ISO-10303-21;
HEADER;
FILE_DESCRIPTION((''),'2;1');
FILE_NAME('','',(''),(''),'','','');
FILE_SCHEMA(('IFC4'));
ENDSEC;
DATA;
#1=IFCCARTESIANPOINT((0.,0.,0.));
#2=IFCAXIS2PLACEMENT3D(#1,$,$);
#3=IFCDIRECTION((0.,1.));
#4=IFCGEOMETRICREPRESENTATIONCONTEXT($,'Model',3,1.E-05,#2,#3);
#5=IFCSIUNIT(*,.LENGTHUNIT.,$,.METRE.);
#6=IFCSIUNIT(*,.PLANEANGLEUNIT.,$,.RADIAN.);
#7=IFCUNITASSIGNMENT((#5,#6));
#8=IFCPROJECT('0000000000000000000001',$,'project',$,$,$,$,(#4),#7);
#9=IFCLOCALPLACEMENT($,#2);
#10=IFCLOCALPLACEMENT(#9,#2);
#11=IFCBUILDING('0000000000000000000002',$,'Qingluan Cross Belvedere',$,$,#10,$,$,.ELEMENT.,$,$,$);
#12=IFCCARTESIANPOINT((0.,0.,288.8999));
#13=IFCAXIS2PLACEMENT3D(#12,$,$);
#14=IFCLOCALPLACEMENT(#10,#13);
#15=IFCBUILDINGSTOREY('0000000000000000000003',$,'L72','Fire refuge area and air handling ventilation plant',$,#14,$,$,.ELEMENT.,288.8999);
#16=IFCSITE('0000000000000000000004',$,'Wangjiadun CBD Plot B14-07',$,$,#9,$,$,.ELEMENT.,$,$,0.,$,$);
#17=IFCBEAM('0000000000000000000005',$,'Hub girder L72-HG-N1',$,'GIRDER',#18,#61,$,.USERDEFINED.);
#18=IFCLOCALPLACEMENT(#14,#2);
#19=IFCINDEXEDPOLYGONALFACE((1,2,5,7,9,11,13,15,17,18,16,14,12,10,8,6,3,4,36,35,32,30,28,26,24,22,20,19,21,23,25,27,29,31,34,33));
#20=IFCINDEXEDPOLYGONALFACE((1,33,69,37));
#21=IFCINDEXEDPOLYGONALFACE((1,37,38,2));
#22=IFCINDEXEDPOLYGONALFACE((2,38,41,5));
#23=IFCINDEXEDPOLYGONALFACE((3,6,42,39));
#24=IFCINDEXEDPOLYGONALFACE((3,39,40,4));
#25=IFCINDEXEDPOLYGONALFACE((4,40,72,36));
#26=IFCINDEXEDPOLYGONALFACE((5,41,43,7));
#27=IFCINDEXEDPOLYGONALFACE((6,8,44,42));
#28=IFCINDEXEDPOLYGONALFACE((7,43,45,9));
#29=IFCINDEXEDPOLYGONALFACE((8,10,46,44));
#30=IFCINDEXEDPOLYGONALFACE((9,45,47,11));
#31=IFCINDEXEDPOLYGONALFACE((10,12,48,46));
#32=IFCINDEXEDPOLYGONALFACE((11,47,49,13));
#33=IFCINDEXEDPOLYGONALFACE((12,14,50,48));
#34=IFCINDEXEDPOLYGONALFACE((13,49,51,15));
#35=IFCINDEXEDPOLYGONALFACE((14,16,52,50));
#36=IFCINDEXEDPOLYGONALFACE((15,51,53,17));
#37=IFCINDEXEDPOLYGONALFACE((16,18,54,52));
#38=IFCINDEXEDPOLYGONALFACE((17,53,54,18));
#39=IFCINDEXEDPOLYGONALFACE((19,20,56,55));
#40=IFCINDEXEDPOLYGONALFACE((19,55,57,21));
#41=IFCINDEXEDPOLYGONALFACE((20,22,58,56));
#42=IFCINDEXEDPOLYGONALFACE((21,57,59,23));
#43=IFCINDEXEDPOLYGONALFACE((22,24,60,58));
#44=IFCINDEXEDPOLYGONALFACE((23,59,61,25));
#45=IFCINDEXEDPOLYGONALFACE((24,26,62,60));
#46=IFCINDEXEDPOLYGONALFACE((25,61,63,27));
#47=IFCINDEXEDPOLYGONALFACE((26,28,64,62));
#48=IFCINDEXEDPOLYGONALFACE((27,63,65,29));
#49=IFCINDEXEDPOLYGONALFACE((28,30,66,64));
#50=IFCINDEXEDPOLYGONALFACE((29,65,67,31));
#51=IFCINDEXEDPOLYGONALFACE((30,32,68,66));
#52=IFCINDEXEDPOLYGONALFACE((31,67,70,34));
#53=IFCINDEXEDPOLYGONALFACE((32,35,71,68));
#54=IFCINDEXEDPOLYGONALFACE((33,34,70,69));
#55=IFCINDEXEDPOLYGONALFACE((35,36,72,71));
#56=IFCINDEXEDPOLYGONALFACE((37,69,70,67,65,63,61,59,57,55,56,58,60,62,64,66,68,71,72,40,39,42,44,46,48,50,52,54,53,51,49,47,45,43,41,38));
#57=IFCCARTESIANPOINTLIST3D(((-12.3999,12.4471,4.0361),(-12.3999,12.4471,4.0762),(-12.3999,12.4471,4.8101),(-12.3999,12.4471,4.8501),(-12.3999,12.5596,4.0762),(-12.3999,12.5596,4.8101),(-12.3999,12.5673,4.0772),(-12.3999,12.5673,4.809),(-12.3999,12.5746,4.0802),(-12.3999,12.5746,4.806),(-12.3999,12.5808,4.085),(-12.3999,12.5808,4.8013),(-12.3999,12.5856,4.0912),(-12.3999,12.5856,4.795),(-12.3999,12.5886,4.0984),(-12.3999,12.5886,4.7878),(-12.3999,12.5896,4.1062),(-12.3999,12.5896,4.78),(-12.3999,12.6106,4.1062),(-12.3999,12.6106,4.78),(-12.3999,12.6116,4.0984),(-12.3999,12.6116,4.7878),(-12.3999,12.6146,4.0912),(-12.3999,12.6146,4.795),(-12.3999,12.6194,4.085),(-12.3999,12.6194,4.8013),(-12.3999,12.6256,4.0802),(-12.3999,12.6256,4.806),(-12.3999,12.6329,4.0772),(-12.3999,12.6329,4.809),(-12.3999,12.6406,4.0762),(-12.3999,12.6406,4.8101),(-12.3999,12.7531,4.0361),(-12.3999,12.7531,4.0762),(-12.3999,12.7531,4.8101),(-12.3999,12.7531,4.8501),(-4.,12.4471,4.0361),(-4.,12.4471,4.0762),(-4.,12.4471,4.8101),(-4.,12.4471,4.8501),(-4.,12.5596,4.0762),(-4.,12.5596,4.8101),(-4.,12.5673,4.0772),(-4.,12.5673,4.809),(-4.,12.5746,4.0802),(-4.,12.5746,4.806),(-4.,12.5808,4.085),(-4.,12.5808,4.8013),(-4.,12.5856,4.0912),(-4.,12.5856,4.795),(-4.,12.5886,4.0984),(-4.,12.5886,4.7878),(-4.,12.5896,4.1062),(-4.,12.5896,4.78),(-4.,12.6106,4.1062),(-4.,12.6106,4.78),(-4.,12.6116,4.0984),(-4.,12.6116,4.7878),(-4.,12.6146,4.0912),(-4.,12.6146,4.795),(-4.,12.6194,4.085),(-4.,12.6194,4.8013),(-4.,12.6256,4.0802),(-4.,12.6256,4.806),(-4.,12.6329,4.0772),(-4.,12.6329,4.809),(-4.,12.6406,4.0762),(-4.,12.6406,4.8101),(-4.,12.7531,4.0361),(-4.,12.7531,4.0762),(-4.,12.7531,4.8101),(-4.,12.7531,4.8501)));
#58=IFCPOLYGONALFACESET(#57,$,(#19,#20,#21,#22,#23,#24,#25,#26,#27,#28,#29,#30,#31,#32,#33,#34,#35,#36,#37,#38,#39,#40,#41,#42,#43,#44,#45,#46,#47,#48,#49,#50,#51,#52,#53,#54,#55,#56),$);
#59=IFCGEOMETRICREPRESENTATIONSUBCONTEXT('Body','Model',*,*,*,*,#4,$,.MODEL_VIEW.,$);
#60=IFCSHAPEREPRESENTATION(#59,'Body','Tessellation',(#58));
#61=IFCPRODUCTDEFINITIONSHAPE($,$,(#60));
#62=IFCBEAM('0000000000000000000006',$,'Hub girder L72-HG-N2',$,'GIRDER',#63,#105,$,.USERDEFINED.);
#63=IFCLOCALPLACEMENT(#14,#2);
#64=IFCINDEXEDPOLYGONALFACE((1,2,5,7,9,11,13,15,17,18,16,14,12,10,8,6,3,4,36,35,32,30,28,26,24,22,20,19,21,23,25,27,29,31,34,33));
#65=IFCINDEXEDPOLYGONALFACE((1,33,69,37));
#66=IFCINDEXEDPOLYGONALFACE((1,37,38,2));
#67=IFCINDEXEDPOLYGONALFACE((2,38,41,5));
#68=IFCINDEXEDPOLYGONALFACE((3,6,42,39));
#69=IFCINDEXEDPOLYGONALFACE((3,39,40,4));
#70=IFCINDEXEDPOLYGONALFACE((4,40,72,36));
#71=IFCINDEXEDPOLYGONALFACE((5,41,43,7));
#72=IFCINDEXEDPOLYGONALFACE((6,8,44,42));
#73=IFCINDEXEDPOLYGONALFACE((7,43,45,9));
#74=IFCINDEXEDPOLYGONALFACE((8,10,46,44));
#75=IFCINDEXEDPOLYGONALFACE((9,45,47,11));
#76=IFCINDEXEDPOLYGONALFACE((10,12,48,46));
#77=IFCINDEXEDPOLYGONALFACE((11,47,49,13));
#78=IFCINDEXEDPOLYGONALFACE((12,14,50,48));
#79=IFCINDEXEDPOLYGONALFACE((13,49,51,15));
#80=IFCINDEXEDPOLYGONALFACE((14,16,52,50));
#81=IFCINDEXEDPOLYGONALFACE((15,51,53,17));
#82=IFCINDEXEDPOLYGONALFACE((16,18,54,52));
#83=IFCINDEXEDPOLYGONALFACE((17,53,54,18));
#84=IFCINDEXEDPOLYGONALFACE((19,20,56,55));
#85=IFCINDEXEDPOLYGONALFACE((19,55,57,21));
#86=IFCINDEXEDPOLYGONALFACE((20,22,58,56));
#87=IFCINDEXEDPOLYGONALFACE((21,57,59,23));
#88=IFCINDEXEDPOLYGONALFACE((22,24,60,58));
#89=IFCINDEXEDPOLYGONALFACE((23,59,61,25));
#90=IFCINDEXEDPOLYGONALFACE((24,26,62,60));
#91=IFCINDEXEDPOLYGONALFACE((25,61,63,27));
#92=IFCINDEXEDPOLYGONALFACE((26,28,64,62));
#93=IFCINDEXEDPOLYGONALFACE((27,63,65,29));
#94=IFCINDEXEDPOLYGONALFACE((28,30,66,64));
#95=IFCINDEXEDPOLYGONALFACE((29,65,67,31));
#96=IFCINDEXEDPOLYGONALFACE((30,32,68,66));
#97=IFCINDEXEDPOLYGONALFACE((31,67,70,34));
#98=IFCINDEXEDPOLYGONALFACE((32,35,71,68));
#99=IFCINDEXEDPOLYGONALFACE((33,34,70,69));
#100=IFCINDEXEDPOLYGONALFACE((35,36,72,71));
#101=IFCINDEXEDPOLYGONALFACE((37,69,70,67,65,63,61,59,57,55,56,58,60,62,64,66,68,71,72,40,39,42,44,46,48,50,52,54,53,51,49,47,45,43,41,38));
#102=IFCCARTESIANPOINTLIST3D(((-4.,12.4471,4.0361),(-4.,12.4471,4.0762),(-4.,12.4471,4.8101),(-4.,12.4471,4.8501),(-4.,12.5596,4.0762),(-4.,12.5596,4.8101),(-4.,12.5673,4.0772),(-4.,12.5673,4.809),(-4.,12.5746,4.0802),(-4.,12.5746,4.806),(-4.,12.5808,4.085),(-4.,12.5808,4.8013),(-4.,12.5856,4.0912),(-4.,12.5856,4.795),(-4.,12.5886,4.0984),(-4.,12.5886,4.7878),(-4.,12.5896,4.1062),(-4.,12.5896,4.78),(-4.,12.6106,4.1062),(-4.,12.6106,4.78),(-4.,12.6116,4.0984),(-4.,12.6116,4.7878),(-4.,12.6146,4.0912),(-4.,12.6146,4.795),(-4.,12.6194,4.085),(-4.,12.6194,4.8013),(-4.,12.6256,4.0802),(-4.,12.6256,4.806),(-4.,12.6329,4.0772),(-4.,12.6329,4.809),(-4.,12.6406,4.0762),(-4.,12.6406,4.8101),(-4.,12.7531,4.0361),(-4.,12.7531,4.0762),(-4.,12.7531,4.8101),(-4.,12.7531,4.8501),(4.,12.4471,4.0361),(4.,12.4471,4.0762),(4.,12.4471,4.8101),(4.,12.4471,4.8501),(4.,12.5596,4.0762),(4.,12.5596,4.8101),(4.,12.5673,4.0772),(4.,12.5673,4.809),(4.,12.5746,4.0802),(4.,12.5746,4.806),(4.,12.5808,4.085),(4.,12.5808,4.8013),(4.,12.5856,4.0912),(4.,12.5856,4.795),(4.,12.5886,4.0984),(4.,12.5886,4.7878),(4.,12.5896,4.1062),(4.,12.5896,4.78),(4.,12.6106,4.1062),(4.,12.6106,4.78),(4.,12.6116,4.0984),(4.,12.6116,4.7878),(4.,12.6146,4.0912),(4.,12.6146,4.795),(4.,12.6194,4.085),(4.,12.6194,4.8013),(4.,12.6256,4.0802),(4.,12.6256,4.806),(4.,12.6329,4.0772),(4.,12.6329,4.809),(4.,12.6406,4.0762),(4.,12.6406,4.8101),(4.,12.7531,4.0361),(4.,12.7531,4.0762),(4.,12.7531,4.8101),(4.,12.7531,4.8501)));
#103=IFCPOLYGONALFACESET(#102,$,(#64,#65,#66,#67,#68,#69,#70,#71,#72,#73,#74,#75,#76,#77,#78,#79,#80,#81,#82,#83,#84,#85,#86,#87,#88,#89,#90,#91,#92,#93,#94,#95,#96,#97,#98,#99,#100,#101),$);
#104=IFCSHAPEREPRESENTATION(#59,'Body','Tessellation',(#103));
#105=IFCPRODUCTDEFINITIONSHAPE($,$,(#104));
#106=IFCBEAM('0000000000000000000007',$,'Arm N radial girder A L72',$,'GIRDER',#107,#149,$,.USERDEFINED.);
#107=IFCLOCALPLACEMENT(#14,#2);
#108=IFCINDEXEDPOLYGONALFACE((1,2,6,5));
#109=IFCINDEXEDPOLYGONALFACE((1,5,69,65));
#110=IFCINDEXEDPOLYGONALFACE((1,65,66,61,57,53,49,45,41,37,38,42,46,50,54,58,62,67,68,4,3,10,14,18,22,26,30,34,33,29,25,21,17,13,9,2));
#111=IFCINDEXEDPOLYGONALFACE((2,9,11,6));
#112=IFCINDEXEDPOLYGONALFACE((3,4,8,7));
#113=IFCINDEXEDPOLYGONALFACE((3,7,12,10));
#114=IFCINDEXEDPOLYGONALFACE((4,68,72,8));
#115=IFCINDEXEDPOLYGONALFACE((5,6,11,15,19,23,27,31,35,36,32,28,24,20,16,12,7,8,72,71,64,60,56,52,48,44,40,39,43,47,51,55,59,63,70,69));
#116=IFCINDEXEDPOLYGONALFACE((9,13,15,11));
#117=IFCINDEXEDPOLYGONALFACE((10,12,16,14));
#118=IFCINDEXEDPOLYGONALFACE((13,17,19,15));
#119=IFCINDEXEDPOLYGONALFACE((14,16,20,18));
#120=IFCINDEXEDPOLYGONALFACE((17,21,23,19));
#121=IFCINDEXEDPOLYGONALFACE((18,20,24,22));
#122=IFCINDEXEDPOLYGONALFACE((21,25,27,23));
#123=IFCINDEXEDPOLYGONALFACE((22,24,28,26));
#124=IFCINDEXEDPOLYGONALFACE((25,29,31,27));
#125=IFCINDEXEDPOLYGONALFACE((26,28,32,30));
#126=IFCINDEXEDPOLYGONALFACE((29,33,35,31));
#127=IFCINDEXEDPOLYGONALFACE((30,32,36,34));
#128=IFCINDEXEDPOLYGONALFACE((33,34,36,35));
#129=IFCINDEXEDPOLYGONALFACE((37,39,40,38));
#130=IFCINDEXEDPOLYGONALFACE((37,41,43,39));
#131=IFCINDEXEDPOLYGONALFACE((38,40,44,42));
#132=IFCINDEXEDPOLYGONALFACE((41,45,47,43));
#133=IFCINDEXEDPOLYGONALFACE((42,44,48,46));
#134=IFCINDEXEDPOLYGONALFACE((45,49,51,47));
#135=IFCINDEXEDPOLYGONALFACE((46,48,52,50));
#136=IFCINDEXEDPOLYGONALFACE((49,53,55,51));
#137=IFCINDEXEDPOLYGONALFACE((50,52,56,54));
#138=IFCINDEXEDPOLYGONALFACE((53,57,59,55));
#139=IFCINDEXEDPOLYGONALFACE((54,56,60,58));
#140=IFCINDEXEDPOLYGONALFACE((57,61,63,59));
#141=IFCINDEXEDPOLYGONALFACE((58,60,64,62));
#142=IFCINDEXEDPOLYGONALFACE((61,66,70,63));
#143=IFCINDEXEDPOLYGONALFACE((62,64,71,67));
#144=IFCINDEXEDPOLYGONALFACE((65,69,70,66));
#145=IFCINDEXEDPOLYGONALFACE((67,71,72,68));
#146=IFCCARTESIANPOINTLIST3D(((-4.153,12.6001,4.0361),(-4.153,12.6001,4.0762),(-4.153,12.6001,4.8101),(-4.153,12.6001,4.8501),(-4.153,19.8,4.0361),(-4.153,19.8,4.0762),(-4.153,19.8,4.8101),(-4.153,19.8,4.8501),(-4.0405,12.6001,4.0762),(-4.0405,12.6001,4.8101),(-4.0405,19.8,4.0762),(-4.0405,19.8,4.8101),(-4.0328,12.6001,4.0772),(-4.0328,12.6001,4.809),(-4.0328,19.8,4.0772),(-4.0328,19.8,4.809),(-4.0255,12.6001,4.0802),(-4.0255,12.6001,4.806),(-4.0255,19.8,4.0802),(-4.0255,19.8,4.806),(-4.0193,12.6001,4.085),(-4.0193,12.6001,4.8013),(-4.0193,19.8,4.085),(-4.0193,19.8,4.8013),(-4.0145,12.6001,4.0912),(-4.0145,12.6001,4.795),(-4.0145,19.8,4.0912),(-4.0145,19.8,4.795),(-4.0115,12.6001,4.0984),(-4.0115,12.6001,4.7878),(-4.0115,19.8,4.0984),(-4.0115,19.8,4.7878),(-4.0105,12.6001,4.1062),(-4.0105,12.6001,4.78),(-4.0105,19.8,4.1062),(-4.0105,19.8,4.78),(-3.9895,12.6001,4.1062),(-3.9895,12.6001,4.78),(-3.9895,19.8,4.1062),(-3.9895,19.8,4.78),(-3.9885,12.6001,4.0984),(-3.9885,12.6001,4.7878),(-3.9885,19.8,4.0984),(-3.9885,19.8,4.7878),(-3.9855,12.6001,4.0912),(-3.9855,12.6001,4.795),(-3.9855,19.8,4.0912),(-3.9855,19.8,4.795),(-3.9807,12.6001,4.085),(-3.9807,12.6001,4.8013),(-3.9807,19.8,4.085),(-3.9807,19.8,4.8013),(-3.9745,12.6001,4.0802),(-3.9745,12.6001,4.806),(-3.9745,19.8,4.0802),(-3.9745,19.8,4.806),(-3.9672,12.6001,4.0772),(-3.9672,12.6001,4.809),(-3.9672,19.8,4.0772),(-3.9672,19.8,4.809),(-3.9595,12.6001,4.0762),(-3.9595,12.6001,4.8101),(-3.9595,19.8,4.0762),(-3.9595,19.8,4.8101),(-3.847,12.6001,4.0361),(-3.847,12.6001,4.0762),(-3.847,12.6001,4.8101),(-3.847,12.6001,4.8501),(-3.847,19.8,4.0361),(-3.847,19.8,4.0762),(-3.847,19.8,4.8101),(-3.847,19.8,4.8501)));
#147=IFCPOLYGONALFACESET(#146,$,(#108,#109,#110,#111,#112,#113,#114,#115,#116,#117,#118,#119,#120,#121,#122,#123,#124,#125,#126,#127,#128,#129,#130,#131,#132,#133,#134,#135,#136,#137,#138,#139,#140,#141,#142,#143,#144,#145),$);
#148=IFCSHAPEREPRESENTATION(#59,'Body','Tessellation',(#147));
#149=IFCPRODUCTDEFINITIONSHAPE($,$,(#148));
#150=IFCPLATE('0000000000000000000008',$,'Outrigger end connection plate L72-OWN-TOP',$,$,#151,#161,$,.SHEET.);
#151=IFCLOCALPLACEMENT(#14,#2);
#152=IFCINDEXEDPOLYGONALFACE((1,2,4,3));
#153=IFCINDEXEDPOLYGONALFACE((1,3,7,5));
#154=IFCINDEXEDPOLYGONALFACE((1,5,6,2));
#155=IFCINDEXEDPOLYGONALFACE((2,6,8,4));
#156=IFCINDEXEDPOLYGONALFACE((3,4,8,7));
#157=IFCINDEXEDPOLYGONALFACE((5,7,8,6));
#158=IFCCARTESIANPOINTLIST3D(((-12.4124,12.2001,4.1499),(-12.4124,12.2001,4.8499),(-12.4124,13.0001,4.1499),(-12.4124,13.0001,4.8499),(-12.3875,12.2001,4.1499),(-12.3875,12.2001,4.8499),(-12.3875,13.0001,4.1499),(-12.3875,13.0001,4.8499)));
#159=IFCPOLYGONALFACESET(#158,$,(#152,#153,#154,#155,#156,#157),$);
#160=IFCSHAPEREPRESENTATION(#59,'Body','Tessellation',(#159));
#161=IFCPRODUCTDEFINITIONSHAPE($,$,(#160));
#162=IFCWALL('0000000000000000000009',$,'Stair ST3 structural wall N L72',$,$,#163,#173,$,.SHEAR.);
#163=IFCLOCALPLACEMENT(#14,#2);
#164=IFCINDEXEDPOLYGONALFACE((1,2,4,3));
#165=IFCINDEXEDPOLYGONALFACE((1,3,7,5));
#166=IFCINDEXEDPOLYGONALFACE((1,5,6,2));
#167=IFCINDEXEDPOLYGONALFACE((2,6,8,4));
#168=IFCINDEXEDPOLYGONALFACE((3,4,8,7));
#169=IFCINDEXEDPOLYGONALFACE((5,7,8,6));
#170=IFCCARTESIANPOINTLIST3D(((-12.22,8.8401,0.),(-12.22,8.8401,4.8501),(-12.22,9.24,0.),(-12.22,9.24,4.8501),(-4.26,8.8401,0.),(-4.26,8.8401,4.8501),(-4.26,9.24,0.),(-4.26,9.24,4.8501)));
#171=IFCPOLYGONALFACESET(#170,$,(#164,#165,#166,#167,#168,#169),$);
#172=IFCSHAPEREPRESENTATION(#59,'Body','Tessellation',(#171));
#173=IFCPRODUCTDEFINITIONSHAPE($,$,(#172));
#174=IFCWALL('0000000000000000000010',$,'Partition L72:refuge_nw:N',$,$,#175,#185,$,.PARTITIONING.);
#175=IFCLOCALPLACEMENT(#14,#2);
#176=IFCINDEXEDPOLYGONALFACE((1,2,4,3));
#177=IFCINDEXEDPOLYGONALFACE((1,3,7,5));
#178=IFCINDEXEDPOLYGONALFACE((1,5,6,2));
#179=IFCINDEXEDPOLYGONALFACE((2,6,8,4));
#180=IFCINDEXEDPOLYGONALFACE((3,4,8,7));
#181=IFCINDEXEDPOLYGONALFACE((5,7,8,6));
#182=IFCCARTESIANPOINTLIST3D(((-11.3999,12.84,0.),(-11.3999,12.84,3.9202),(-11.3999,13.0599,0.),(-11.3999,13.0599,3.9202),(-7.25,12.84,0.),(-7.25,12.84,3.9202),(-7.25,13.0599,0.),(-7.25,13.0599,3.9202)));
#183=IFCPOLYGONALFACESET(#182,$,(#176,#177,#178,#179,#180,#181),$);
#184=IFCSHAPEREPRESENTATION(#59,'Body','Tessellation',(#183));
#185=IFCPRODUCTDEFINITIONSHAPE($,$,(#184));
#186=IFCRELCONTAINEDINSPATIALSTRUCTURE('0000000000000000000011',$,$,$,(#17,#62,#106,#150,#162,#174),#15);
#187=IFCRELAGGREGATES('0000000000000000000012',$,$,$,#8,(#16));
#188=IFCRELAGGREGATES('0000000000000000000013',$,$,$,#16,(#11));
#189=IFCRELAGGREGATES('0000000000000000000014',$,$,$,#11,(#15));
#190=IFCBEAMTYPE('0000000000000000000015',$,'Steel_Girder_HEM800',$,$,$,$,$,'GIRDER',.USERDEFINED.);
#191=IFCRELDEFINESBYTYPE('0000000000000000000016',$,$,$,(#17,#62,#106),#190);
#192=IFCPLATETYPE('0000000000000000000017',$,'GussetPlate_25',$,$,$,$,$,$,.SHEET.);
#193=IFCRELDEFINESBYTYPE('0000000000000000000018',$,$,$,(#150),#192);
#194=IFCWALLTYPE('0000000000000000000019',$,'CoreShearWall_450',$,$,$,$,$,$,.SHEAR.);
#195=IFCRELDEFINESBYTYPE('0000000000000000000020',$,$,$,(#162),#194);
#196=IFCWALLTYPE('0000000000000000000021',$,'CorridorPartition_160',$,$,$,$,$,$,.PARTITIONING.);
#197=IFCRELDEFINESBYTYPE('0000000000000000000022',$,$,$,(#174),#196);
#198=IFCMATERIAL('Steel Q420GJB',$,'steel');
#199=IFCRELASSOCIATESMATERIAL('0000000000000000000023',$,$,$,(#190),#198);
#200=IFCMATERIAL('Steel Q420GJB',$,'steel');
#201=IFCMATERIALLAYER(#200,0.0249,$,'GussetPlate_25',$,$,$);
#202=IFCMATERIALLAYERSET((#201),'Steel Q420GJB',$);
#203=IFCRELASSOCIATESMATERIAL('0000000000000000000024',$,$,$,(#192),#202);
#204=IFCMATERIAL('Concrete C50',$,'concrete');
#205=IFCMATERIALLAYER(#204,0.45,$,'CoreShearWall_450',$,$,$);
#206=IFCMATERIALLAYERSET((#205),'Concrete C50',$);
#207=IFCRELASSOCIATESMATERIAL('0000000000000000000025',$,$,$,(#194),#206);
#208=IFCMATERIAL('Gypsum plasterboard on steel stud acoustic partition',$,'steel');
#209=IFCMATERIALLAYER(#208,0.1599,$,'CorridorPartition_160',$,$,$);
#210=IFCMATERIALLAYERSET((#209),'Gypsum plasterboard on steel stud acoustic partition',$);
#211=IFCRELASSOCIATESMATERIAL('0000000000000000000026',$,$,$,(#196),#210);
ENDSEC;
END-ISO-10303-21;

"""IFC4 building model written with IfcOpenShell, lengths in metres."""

from ifc_helpers import new_model, si_unit, direction, frame, frame_2d, origin, origin_2d, place, context, subcontext, project, spatial, rectangle, i_section, extrude, material, layer, layer_set, material_profile, profile_set, type_object, element, save


model = new_model("IFC4")

# Units and contexts
model_context = context("Model", 3, precision=1e-05, world=origin(), true_north=direction((0.0, 1.0)))
body_context = subcontext(model_context, "Body", "Model", "MODEL_VIEW")
ifc_project = project(units=[si_unit("LENGTHUNIT", "METRE"), si_unit("PLANEANGLEUNIT", "RADIAN")], contexts=[model_context])

# Site, building, storey
site_placement = place(None, origin())
site = spatial("IfcSite", under=ifc_project, at=site_placement, Name="Wangjiadun CBD Plot B14-07", CompositionType="ELEMENT", RefElevation=0.0)
building_placement = place(site_placement, origin())
building = spatial("IfcBuilding", under=site, at=building_placement, Name="Qingluan Cross Belvedere", CompositionType="ELEMENT")
storey_placement = place(building_placement, frame((0.0, 0.0, 288.8999)))
storey = spatial("IfcBuildingStorey", under=building, at=storey_placement, Name="L72", Description="Fire refuge area and air handling ventilation plant", CompositionType="ELEMENT", Elevation=288.8999)

# Beams
ifc_material_1 = material(Name="Steel Q420GJB", Category="steel")
ifc_material_profile_1 = material_profile(ifc_material_1, i_section(OverallWidth=0.3059, OverallDepth=0.814, WebThickness=0.021, FlangeThickness=0.04, FilletRadius=0.03, at=origin_2d()), Name="HEM800")
ifc_profile_set_1 = profile_set([ifc_material_profile_1], Name="Steel Q420GJB")
beam_type_1 = type_object("IfcBeamType", Name="Steel_Girder_HEM800", ElementType="GIRDER", PredefinedType="USERDEFINED", material=ifc_profile_set_1)
beam_1_placement = place(storey_placement, frame((-12.3999, 12.6001, 4.4431), z_axis=(1.0, 0.0, 0.0), x_axis=(0.0, 1.0, 0.0)))
element("IfcBeam", 1, at=beam_1_placement, inside=storey, type_object=beam_type_1, Name="Hub girder L72-HG-N1", ObjectType="GIRDER", PredefinedType="USERDEFINED", context=body_context, shape_type="SweptSolid", body=[
    extrude(i_section(OverallWidth=0.3059, OverallDepth=0.814, WebThickness=0.021, FlangeThickness=0.04, FilletRadius=0.03, at=origin_2d()), origin(), (0.0, 0.0, 1.0), 8.3999),
])
beam_2_placement = place(storey_placement, frame((-4.0, 12.6001, 4.4431), z_axis=(1.0, 0.0, 0.0), x_axis=(0.0, 1.0, 0.0)))
element("IfcBeam", 2, at=beam_2_placement, inside=storey, type_object=beam_type_1, Name="Hub girder L72-HG-N2", ObjectType="GIRDER", PredefinedType="USERDEFINED", context=body_context, shape_type="SweptSolid", body=[
    extrude(i_section(OverallWidth=0.3059, OverallDepth=0.814, WebThickness=0.021, FlangeThickness=0.04, FilletRadius=0.03, at=origin_2d()), origin(), (0.0, 0.0, 1.0), 8.0),
])
beam_3_placement = place(storey_placement, frame((-4.0, 12.6001, 4.4431), z_axis=(0.0, 1.0, 0.0), x_axis=(-1.0, 0.0, 0.0)))
element("IfcBeam", 3, at=beam_3_placement, inside=storey, type_object=beam_type_1, Name="Arm N radial girder A L72", ObjectType="GIRDER", PredefinedType="USERDEFINED", context=body_context, shape_type="SweptSolid", body=[
    extrude(i_section(OverallWidth=0.3059, OverallDepth=0.814, WebThickness=0.021, FlangeThickness=0.04, FilletRadius=0.03, at=origin_2d()), origin(), (0.0, 0.0, 1.0), 7.2),
])

# Plate
ifc_material_2 = material(Name="Steel Q420GJB", Category="steel")
ifc_layer_1 = layer(ifc_material_2, 0.0249, Name="GussetPlate_25")
ifc_layer_set_1 = layer_set([ifc_layer_1], Name="Steel Q420GJB")
plate_type = type_object("IfcPlateType", Name="GussetPlate_25", PredefinedType="SHEET", material=ifc_layer_set_1)
plate_placement = place(storey_placement, frame((-12.3999, 12.6001, 4.1499), z_axis=(0.0, 0.0, 1.0), x_axis=(0.0, 1.0, 0.0)))
element("IfcPlate", 4, at=plate_placement, inside=storey, type_object=plate_type, Name="Outrigger end connection plate L72-OWN-TOP", PredefinedType="SHEET", context=body_context, shape_type="SweptSolid", body=[
    extrude(rectangle(XDim=0.8, YDim=0.0249, at=origin_2d()), origin(), (0.0, 0.0, 1.0), 0.7),
])

# Wall
ifc_material_3 = material(Name="Concrete C50", Category="concrete")
ifc_layer_2 = layer(ifc_material_3, 0.45, Name="CoreShearWall_450")
ifc_layer_set_2 = layer_set([ifc_layer_2], Name="Concrete C50")
wall_type_1 = type_object("IfcWallType", Name="CoreShearWall_450", PredefinedType="SHEAR", material=ifc_layer_set_2)
wall_1_placement = place(storey_placement, frame((-12.22, 9.04, 0.0), z_axis=(0.0, 0.0, 1.0), x_axis=(1.0, 0.0, 0.0)))
element("IfcWall", 5, at=wall_1_placement, inside=storey, type_object=wall_type_1, Name="Stair ST3 structural wall N L72", PredefinedType="SHEAR", context=body_context, shape_type="SweptSolid", body=[
    extrude(rectangle(XDim=7.96, YDim=0.3999, at=frame_2d((3.98, 0.0))), origin(), (0.0, 0.0, 1.0), 4.8501),
])

# Shared definitions
ifc_material_4 = material(Name="Gypsum plasterboard on steel stud acoustic partition", Category="steel")
ifc_layer_3 = layer(ifc_material_4, 0.1599, Name="CorridorPartition_160")
ifc_layer_set_3 = layer_set([ifc_layer_3], Name="Gypsum plasterboard on steel stud acoustic partition")
wall_type_2 = type_object("IfcWallType", Name="CorridorPartition_160", PredefinedType="PARTITIONING", material=ifc_layer_set_3)

# Wall
wall_2_placement = place(storey_placement, frame((-11.3999, 12.95, 0.0), z_axis=(0.0, 0.0, 1.0), x_axis=(1.0, 0.0, 0.0)))
element("IfcWall", 6, at=wall_2_placement, inside=storey, type_object=wall_type_2, Name="Partition L72:refuge_nw:N", PredefinedType="PARTITIONING", context=body_context, shape_type="SweptSolid", body=[
    extrude(rectangle(XDim=4.1499, YDim=0.22, at=frame_2d((2.075, 0.0))), origin(), (0.0, 0.0, 1.0), 3.9202),
])

save(model, "model.ifc")
